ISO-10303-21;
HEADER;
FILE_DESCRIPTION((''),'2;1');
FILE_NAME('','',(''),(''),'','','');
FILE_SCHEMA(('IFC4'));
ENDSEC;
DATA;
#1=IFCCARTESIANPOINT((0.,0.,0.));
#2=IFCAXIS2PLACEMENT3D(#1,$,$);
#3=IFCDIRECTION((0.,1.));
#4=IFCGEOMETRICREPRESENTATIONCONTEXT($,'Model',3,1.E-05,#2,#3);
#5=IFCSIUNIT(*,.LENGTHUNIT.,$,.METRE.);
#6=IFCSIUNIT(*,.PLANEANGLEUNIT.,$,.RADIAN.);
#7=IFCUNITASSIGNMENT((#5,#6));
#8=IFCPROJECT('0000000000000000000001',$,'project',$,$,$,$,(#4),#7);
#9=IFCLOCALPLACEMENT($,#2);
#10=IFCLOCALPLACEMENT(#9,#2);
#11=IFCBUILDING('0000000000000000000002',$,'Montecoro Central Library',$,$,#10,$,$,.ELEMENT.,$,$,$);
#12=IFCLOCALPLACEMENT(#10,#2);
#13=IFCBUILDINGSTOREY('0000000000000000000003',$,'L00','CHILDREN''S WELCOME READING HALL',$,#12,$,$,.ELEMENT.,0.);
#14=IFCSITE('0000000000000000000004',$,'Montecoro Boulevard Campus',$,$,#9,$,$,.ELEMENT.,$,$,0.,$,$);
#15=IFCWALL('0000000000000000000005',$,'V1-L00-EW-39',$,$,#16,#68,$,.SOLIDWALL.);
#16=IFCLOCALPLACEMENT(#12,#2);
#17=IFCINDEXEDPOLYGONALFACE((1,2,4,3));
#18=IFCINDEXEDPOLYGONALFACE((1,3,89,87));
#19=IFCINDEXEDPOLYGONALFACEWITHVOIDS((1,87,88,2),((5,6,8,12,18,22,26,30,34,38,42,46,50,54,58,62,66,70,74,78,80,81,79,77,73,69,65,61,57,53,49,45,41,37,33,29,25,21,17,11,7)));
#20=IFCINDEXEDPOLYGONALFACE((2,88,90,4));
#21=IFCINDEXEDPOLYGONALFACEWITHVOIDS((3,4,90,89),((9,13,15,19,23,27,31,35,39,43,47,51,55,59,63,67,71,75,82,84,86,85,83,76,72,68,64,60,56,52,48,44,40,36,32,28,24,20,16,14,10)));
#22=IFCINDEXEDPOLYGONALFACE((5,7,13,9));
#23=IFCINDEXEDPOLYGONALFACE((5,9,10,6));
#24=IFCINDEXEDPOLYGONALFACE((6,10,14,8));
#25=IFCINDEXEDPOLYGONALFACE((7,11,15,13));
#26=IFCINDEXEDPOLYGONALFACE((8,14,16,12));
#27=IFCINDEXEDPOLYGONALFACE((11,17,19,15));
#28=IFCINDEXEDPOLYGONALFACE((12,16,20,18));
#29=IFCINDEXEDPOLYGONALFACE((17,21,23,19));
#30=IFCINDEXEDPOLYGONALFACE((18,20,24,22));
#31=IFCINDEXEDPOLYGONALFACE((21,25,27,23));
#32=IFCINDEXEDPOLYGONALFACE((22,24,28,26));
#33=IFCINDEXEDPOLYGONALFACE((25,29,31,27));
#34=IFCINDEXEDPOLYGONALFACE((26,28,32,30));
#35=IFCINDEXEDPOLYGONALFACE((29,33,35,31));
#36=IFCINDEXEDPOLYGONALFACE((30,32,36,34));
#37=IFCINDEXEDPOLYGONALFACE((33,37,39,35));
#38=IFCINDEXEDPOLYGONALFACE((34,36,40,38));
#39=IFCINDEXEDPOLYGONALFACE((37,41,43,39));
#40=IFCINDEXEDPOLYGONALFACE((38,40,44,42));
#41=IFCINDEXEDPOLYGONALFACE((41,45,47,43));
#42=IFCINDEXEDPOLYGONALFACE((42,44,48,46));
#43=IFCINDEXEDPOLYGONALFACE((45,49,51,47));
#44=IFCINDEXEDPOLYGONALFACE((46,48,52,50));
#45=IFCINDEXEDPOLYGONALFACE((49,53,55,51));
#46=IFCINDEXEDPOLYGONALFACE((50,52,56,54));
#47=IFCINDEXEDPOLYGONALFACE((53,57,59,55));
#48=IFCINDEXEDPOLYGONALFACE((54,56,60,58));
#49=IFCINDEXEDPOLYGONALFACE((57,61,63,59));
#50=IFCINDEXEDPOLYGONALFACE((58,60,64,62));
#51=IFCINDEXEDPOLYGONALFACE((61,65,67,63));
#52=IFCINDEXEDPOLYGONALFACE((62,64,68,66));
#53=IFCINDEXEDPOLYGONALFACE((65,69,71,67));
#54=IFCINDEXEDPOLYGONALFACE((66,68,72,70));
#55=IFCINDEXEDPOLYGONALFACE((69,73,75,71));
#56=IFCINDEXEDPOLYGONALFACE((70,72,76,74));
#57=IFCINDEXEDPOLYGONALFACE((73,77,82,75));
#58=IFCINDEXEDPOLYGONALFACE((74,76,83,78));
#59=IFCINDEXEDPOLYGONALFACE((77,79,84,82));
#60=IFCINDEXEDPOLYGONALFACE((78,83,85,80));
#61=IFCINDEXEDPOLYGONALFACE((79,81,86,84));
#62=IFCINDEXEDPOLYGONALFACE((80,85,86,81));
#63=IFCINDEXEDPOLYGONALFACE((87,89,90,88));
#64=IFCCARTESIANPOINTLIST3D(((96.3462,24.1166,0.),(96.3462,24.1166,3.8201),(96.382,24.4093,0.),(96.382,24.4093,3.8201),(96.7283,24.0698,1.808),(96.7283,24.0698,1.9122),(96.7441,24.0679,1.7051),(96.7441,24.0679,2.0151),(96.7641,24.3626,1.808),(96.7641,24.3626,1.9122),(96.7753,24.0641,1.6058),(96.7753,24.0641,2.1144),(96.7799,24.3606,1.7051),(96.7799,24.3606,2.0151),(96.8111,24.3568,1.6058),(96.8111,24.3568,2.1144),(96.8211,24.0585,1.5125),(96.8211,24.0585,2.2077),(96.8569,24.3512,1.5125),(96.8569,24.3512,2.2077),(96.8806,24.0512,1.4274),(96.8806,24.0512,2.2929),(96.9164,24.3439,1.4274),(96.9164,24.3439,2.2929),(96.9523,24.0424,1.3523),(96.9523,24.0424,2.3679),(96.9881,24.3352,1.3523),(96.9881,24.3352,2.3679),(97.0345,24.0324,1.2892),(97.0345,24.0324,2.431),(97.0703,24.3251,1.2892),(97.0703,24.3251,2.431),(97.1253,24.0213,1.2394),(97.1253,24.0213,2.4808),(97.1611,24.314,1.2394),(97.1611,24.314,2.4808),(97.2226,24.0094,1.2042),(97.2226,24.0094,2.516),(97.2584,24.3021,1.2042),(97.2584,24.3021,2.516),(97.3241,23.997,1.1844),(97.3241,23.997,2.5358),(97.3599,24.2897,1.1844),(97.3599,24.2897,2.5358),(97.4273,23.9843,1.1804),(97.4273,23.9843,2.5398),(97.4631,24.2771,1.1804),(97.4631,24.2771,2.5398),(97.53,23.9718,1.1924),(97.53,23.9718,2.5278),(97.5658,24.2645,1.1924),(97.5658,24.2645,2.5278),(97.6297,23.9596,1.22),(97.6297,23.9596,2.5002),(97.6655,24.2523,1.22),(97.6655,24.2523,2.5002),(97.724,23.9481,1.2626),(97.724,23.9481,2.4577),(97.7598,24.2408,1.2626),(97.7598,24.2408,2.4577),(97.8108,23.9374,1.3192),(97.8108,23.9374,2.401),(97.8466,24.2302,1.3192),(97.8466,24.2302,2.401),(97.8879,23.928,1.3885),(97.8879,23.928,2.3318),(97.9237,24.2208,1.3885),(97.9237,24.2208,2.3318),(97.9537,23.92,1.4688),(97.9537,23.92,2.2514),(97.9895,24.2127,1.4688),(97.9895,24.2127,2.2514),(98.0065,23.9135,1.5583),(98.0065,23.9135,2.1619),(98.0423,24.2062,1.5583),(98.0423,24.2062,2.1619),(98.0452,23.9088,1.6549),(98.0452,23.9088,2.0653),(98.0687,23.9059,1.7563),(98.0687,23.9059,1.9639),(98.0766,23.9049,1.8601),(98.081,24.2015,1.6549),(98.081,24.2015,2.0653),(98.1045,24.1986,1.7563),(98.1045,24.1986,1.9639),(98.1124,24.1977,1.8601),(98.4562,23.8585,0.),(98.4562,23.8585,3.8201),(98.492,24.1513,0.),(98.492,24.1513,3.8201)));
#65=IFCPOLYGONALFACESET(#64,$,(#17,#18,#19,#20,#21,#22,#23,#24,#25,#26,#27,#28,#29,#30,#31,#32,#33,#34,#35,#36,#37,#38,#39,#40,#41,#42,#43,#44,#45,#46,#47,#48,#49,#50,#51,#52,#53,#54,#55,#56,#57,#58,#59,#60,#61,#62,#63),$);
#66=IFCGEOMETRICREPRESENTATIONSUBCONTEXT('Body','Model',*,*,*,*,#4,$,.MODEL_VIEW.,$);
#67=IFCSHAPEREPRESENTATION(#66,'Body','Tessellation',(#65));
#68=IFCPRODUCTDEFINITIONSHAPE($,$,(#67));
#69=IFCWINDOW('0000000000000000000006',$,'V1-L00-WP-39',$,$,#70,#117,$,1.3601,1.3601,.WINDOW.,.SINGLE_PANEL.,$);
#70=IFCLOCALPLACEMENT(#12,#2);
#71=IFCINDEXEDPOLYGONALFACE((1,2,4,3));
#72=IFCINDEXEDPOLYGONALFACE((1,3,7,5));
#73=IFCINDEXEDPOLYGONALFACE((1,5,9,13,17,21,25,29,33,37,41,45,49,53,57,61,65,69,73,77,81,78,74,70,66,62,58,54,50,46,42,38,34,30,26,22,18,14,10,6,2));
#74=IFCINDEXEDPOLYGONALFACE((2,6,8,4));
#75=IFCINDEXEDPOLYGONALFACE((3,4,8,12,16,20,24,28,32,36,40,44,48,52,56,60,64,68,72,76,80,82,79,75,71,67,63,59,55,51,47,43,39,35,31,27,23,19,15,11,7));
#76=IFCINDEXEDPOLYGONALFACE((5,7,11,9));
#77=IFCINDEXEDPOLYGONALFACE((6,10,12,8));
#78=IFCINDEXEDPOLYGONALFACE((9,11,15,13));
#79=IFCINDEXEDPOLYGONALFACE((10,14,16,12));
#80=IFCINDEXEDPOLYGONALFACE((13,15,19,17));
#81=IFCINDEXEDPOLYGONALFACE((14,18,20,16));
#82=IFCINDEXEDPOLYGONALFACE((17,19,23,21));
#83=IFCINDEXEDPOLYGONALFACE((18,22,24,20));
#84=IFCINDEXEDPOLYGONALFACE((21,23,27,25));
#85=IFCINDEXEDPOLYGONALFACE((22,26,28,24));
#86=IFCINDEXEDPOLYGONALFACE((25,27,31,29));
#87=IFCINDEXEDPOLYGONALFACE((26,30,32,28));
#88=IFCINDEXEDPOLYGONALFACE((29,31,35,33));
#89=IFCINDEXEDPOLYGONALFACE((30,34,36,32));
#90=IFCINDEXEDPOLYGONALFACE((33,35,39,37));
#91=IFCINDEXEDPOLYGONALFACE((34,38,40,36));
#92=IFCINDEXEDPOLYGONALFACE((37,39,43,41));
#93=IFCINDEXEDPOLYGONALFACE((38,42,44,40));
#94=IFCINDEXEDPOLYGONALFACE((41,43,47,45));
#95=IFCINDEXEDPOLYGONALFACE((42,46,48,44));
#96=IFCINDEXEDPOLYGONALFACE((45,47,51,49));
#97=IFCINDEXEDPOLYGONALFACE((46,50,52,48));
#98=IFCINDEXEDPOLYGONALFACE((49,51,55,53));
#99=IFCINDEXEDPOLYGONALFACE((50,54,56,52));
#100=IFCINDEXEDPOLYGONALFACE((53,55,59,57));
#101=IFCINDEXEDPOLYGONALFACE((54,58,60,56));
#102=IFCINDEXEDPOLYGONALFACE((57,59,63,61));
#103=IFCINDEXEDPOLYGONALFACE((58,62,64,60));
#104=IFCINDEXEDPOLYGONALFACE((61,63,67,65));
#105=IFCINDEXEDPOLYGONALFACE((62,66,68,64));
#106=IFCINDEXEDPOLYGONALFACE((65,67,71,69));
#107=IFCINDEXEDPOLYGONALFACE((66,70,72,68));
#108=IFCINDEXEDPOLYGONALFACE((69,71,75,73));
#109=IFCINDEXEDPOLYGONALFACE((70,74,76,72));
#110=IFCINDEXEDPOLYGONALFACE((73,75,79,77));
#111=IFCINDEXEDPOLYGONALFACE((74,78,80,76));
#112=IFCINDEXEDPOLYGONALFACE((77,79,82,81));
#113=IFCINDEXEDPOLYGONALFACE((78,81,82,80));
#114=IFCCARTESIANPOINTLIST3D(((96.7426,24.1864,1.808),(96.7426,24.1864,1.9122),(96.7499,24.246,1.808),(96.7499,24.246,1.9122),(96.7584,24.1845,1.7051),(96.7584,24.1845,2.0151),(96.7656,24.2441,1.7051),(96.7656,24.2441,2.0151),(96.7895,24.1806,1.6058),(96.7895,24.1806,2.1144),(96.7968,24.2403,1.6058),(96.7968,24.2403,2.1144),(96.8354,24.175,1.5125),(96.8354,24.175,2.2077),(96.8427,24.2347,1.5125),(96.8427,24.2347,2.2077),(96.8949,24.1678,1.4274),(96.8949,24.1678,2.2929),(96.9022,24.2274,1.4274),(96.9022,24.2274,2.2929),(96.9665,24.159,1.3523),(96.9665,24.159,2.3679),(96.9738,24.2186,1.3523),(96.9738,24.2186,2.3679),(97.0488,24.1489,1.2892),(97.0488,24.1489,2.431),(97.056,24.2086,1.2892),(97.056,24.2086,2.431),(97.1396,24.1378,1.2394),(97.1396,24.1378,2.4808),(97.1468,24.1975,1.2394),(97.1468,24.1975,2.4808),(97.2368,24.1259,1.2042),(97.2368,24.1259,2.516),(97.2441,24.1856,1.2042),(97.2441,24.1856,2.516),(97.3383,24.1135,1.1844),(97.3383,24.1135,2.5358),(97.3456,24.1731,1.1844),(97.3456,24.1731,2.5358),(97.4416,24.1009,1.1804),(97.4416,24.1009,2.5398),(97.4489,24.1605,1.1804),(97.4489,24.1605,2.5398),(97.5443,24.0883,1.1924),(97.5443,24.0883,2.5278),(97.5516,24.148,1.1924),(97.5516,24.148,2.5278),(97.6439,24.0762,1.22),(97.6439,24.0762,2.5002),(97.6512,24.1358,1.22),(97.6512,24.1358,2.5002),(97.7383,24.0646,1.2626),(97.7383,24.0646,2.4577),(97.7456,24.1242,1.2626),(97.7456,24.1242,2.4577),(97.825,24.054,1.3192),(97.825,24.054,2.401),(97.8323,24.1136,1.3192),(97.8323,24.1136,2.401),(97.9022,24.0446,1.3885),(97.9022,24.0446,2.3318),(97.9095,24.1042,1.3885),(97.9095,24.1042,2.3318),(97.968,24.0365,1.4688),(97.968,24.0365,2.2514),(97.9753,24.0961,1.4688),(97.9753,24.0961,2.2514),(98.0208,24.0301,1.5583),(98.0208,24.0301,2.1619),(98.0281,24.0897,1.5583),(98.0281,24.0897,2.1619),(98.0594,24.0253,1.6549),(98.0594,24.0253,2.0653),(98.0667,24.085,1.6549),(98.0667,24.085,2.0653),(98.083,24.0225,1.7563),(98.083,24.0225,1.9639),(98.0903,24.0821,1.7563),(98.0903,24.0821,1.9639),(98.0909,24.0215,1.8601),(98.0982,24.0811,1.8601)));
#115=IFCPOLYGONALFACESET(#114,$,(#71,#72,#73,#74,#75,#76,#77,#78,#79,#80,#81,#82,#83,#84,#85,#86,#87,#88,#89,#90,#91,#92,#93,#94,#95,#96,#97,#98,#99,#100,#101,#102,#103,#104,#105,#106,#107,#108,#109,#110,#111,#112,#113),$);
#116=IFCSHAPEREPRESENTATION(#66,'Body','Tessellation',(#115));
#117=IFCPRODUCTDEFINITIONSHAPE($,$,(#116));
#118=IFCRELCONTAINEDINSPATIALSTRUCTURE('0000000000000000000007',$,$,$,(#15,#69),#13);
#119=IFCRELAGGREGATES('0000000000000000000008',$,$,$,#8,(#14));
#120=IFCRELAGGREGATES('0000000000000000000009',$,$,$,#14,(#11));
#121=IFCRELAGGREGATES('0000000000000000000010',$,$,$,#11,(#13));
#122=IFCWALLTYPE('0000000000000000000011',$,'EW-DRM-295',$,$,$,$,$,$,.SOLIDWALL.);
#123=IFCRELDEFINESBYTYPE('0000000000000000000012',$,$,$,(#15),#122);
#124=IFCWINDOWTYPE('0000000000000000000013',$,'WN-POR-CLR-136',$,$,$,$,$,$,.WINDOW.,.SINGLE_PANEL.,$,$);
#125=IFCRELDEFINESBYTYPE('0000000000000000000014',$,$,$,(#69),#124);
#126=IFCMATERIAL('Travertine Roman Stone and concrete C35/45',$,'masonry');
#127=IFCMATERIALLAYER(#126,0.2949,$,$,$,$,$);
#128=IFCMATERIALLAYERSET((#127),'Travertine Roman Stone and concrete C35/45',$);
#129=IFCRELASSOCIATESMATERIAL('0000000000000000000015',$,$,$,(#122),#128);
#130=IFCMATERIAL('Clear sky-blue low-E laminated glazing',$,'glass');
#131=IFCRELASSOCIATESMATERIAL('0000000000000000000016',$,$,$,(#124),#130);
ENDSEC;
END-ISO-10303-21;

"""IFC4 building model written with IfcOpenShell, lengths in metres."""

from ifc_helpers import new_model, si_unit, direction, frame, frame_2d, origin, place, context, subcontext, project, spatial, rectangle, circle, extrude, material, layer, layer_set, type_object, element, fill, save


model = new_model("IFC4")

# Units and contexts
model_context = context("Model", 3, precision=1e-05, world=origin(), true_north=direction((0.0, 1.0)))
body_context = subcontext(model_context, "Body", "Model", "MODEL_VIEW")
ifc_project = project(units=[si_unit("LENGTHUNIT", "METRE"), si_unit("PLANEANGLEUNIT", "RADIAN")], contexts=[model_context])

# Site, building, storey
site_placement = place(None, origin())
site = spatial("IfcSite", under=ifc_project, at=site_placement, Name="Montecoro Boulevard Campus", CompositionType="ELEMENT", RefElevation=0.0)
building_placement = place(site_placement, origin())
building = spatial("IfcBuilding", under=site, at=building_placement, Name="Montecoro Central Library", CompositionType="ELEMENT")
storey_placement = place(building_placement, origin())
storey = spatial("IfcBuildingStorey", under=building, at=storey_placement, Name="L00", Description="CHILDREN'S WELCOME READING HALL", CompositionType="ELEMENT", Elevation=0.0)

# Wall, opening, window
ifc_material_1 = material(Name="Travertine Roman Stone and concrete C35/45", Category="masonry")
ifc_layer_1 = layer(ifc_material_1, 0.2949)
ifc_layer_set_1 = layer_set([ifc_layer_1], Name="Travertine Roman Stone and concrete C35/45")
wall_type = type_object("IfcWallType", Name="EW-DRM-295", PredefinedType="SOLIDWALL", material=ifc_layer_set_1)
wall_1_placement = place(storey_placement, frame((96.364, 24.2629, 0.0), z_axis=(0.0, 0.0, 1.0), x_axis=(0.992605, -0.121391, 0.0)))
wall_1 = element("IfcWall", 1, at=wall_1_placement, inside=storey, type_object=wall_type, Name="V1-L00-EW-39", PredefinedType="SOLIDWALL", context=body_context, shape_type="SweptSolid", body=[
    extrude(rectangle(XDim=2.1257, YDim=0.2949, at=frame_2d((1.063, 0.0))), origin(), (0.0, 0.0, 1.0), 3.8201),
])
opening_1_placement = place(wall_1_placement, frame((0.3831, 0.0, 1.1799)))
opening_1 = element("IfcOpeningElement", 2, at=opening_1_placement, cuts=wall_1, PredefinedType="OPENING", context=body_context, shape_type="SweptSolid", body=[
    extrude(circle(Radius=0.6802, at=frame_2d((0.6802, 0.6802))), frame((0.0, 0.1575, 0.0), z_axis=(0.0, -1.0, 0.0), x_axis=(1.0, 0.0, 0.0)), (0.0, 0.0, 1.0), 0.3149),
])
ifc_material_2 = material(Name="Clear sky-blue low-E laminated glazing", Category="glass")
window_type_1 = type_object("IfcWindowType", Name="WN-POR-CLR-136", PartitioningType="SINGLE_PANEL", PredefinedType="WINDOW", material=ifc_material_2)
window_1_placement = place(opening_1_placement, origin())
window_1 = element("IfcWindow", 3, at=window_1_placement, inside=storey, type_object=window_type_1, Name="V1-L00-WP-39", OverallHeight=1.3601, OverallWidth=1.3601, PartitioningType="SINGLE_PANEL", PredefinedType="WINDOW", context=body_context, shape_type="SweptSolid", body=[
    extrude(circle(Radius=0.6802, at=frame_2d((0.6802, 0.6802))), frame((0.0, 0.03, 0.0), z_axis=(0.0, -1.0, 0.0), x_axis=(1.0, 0.0, 0.0)), (0.0, 0.0, 1.0), 0.0601),
])
fill(opening_1, window_1)

save(model, "model.ifc")
